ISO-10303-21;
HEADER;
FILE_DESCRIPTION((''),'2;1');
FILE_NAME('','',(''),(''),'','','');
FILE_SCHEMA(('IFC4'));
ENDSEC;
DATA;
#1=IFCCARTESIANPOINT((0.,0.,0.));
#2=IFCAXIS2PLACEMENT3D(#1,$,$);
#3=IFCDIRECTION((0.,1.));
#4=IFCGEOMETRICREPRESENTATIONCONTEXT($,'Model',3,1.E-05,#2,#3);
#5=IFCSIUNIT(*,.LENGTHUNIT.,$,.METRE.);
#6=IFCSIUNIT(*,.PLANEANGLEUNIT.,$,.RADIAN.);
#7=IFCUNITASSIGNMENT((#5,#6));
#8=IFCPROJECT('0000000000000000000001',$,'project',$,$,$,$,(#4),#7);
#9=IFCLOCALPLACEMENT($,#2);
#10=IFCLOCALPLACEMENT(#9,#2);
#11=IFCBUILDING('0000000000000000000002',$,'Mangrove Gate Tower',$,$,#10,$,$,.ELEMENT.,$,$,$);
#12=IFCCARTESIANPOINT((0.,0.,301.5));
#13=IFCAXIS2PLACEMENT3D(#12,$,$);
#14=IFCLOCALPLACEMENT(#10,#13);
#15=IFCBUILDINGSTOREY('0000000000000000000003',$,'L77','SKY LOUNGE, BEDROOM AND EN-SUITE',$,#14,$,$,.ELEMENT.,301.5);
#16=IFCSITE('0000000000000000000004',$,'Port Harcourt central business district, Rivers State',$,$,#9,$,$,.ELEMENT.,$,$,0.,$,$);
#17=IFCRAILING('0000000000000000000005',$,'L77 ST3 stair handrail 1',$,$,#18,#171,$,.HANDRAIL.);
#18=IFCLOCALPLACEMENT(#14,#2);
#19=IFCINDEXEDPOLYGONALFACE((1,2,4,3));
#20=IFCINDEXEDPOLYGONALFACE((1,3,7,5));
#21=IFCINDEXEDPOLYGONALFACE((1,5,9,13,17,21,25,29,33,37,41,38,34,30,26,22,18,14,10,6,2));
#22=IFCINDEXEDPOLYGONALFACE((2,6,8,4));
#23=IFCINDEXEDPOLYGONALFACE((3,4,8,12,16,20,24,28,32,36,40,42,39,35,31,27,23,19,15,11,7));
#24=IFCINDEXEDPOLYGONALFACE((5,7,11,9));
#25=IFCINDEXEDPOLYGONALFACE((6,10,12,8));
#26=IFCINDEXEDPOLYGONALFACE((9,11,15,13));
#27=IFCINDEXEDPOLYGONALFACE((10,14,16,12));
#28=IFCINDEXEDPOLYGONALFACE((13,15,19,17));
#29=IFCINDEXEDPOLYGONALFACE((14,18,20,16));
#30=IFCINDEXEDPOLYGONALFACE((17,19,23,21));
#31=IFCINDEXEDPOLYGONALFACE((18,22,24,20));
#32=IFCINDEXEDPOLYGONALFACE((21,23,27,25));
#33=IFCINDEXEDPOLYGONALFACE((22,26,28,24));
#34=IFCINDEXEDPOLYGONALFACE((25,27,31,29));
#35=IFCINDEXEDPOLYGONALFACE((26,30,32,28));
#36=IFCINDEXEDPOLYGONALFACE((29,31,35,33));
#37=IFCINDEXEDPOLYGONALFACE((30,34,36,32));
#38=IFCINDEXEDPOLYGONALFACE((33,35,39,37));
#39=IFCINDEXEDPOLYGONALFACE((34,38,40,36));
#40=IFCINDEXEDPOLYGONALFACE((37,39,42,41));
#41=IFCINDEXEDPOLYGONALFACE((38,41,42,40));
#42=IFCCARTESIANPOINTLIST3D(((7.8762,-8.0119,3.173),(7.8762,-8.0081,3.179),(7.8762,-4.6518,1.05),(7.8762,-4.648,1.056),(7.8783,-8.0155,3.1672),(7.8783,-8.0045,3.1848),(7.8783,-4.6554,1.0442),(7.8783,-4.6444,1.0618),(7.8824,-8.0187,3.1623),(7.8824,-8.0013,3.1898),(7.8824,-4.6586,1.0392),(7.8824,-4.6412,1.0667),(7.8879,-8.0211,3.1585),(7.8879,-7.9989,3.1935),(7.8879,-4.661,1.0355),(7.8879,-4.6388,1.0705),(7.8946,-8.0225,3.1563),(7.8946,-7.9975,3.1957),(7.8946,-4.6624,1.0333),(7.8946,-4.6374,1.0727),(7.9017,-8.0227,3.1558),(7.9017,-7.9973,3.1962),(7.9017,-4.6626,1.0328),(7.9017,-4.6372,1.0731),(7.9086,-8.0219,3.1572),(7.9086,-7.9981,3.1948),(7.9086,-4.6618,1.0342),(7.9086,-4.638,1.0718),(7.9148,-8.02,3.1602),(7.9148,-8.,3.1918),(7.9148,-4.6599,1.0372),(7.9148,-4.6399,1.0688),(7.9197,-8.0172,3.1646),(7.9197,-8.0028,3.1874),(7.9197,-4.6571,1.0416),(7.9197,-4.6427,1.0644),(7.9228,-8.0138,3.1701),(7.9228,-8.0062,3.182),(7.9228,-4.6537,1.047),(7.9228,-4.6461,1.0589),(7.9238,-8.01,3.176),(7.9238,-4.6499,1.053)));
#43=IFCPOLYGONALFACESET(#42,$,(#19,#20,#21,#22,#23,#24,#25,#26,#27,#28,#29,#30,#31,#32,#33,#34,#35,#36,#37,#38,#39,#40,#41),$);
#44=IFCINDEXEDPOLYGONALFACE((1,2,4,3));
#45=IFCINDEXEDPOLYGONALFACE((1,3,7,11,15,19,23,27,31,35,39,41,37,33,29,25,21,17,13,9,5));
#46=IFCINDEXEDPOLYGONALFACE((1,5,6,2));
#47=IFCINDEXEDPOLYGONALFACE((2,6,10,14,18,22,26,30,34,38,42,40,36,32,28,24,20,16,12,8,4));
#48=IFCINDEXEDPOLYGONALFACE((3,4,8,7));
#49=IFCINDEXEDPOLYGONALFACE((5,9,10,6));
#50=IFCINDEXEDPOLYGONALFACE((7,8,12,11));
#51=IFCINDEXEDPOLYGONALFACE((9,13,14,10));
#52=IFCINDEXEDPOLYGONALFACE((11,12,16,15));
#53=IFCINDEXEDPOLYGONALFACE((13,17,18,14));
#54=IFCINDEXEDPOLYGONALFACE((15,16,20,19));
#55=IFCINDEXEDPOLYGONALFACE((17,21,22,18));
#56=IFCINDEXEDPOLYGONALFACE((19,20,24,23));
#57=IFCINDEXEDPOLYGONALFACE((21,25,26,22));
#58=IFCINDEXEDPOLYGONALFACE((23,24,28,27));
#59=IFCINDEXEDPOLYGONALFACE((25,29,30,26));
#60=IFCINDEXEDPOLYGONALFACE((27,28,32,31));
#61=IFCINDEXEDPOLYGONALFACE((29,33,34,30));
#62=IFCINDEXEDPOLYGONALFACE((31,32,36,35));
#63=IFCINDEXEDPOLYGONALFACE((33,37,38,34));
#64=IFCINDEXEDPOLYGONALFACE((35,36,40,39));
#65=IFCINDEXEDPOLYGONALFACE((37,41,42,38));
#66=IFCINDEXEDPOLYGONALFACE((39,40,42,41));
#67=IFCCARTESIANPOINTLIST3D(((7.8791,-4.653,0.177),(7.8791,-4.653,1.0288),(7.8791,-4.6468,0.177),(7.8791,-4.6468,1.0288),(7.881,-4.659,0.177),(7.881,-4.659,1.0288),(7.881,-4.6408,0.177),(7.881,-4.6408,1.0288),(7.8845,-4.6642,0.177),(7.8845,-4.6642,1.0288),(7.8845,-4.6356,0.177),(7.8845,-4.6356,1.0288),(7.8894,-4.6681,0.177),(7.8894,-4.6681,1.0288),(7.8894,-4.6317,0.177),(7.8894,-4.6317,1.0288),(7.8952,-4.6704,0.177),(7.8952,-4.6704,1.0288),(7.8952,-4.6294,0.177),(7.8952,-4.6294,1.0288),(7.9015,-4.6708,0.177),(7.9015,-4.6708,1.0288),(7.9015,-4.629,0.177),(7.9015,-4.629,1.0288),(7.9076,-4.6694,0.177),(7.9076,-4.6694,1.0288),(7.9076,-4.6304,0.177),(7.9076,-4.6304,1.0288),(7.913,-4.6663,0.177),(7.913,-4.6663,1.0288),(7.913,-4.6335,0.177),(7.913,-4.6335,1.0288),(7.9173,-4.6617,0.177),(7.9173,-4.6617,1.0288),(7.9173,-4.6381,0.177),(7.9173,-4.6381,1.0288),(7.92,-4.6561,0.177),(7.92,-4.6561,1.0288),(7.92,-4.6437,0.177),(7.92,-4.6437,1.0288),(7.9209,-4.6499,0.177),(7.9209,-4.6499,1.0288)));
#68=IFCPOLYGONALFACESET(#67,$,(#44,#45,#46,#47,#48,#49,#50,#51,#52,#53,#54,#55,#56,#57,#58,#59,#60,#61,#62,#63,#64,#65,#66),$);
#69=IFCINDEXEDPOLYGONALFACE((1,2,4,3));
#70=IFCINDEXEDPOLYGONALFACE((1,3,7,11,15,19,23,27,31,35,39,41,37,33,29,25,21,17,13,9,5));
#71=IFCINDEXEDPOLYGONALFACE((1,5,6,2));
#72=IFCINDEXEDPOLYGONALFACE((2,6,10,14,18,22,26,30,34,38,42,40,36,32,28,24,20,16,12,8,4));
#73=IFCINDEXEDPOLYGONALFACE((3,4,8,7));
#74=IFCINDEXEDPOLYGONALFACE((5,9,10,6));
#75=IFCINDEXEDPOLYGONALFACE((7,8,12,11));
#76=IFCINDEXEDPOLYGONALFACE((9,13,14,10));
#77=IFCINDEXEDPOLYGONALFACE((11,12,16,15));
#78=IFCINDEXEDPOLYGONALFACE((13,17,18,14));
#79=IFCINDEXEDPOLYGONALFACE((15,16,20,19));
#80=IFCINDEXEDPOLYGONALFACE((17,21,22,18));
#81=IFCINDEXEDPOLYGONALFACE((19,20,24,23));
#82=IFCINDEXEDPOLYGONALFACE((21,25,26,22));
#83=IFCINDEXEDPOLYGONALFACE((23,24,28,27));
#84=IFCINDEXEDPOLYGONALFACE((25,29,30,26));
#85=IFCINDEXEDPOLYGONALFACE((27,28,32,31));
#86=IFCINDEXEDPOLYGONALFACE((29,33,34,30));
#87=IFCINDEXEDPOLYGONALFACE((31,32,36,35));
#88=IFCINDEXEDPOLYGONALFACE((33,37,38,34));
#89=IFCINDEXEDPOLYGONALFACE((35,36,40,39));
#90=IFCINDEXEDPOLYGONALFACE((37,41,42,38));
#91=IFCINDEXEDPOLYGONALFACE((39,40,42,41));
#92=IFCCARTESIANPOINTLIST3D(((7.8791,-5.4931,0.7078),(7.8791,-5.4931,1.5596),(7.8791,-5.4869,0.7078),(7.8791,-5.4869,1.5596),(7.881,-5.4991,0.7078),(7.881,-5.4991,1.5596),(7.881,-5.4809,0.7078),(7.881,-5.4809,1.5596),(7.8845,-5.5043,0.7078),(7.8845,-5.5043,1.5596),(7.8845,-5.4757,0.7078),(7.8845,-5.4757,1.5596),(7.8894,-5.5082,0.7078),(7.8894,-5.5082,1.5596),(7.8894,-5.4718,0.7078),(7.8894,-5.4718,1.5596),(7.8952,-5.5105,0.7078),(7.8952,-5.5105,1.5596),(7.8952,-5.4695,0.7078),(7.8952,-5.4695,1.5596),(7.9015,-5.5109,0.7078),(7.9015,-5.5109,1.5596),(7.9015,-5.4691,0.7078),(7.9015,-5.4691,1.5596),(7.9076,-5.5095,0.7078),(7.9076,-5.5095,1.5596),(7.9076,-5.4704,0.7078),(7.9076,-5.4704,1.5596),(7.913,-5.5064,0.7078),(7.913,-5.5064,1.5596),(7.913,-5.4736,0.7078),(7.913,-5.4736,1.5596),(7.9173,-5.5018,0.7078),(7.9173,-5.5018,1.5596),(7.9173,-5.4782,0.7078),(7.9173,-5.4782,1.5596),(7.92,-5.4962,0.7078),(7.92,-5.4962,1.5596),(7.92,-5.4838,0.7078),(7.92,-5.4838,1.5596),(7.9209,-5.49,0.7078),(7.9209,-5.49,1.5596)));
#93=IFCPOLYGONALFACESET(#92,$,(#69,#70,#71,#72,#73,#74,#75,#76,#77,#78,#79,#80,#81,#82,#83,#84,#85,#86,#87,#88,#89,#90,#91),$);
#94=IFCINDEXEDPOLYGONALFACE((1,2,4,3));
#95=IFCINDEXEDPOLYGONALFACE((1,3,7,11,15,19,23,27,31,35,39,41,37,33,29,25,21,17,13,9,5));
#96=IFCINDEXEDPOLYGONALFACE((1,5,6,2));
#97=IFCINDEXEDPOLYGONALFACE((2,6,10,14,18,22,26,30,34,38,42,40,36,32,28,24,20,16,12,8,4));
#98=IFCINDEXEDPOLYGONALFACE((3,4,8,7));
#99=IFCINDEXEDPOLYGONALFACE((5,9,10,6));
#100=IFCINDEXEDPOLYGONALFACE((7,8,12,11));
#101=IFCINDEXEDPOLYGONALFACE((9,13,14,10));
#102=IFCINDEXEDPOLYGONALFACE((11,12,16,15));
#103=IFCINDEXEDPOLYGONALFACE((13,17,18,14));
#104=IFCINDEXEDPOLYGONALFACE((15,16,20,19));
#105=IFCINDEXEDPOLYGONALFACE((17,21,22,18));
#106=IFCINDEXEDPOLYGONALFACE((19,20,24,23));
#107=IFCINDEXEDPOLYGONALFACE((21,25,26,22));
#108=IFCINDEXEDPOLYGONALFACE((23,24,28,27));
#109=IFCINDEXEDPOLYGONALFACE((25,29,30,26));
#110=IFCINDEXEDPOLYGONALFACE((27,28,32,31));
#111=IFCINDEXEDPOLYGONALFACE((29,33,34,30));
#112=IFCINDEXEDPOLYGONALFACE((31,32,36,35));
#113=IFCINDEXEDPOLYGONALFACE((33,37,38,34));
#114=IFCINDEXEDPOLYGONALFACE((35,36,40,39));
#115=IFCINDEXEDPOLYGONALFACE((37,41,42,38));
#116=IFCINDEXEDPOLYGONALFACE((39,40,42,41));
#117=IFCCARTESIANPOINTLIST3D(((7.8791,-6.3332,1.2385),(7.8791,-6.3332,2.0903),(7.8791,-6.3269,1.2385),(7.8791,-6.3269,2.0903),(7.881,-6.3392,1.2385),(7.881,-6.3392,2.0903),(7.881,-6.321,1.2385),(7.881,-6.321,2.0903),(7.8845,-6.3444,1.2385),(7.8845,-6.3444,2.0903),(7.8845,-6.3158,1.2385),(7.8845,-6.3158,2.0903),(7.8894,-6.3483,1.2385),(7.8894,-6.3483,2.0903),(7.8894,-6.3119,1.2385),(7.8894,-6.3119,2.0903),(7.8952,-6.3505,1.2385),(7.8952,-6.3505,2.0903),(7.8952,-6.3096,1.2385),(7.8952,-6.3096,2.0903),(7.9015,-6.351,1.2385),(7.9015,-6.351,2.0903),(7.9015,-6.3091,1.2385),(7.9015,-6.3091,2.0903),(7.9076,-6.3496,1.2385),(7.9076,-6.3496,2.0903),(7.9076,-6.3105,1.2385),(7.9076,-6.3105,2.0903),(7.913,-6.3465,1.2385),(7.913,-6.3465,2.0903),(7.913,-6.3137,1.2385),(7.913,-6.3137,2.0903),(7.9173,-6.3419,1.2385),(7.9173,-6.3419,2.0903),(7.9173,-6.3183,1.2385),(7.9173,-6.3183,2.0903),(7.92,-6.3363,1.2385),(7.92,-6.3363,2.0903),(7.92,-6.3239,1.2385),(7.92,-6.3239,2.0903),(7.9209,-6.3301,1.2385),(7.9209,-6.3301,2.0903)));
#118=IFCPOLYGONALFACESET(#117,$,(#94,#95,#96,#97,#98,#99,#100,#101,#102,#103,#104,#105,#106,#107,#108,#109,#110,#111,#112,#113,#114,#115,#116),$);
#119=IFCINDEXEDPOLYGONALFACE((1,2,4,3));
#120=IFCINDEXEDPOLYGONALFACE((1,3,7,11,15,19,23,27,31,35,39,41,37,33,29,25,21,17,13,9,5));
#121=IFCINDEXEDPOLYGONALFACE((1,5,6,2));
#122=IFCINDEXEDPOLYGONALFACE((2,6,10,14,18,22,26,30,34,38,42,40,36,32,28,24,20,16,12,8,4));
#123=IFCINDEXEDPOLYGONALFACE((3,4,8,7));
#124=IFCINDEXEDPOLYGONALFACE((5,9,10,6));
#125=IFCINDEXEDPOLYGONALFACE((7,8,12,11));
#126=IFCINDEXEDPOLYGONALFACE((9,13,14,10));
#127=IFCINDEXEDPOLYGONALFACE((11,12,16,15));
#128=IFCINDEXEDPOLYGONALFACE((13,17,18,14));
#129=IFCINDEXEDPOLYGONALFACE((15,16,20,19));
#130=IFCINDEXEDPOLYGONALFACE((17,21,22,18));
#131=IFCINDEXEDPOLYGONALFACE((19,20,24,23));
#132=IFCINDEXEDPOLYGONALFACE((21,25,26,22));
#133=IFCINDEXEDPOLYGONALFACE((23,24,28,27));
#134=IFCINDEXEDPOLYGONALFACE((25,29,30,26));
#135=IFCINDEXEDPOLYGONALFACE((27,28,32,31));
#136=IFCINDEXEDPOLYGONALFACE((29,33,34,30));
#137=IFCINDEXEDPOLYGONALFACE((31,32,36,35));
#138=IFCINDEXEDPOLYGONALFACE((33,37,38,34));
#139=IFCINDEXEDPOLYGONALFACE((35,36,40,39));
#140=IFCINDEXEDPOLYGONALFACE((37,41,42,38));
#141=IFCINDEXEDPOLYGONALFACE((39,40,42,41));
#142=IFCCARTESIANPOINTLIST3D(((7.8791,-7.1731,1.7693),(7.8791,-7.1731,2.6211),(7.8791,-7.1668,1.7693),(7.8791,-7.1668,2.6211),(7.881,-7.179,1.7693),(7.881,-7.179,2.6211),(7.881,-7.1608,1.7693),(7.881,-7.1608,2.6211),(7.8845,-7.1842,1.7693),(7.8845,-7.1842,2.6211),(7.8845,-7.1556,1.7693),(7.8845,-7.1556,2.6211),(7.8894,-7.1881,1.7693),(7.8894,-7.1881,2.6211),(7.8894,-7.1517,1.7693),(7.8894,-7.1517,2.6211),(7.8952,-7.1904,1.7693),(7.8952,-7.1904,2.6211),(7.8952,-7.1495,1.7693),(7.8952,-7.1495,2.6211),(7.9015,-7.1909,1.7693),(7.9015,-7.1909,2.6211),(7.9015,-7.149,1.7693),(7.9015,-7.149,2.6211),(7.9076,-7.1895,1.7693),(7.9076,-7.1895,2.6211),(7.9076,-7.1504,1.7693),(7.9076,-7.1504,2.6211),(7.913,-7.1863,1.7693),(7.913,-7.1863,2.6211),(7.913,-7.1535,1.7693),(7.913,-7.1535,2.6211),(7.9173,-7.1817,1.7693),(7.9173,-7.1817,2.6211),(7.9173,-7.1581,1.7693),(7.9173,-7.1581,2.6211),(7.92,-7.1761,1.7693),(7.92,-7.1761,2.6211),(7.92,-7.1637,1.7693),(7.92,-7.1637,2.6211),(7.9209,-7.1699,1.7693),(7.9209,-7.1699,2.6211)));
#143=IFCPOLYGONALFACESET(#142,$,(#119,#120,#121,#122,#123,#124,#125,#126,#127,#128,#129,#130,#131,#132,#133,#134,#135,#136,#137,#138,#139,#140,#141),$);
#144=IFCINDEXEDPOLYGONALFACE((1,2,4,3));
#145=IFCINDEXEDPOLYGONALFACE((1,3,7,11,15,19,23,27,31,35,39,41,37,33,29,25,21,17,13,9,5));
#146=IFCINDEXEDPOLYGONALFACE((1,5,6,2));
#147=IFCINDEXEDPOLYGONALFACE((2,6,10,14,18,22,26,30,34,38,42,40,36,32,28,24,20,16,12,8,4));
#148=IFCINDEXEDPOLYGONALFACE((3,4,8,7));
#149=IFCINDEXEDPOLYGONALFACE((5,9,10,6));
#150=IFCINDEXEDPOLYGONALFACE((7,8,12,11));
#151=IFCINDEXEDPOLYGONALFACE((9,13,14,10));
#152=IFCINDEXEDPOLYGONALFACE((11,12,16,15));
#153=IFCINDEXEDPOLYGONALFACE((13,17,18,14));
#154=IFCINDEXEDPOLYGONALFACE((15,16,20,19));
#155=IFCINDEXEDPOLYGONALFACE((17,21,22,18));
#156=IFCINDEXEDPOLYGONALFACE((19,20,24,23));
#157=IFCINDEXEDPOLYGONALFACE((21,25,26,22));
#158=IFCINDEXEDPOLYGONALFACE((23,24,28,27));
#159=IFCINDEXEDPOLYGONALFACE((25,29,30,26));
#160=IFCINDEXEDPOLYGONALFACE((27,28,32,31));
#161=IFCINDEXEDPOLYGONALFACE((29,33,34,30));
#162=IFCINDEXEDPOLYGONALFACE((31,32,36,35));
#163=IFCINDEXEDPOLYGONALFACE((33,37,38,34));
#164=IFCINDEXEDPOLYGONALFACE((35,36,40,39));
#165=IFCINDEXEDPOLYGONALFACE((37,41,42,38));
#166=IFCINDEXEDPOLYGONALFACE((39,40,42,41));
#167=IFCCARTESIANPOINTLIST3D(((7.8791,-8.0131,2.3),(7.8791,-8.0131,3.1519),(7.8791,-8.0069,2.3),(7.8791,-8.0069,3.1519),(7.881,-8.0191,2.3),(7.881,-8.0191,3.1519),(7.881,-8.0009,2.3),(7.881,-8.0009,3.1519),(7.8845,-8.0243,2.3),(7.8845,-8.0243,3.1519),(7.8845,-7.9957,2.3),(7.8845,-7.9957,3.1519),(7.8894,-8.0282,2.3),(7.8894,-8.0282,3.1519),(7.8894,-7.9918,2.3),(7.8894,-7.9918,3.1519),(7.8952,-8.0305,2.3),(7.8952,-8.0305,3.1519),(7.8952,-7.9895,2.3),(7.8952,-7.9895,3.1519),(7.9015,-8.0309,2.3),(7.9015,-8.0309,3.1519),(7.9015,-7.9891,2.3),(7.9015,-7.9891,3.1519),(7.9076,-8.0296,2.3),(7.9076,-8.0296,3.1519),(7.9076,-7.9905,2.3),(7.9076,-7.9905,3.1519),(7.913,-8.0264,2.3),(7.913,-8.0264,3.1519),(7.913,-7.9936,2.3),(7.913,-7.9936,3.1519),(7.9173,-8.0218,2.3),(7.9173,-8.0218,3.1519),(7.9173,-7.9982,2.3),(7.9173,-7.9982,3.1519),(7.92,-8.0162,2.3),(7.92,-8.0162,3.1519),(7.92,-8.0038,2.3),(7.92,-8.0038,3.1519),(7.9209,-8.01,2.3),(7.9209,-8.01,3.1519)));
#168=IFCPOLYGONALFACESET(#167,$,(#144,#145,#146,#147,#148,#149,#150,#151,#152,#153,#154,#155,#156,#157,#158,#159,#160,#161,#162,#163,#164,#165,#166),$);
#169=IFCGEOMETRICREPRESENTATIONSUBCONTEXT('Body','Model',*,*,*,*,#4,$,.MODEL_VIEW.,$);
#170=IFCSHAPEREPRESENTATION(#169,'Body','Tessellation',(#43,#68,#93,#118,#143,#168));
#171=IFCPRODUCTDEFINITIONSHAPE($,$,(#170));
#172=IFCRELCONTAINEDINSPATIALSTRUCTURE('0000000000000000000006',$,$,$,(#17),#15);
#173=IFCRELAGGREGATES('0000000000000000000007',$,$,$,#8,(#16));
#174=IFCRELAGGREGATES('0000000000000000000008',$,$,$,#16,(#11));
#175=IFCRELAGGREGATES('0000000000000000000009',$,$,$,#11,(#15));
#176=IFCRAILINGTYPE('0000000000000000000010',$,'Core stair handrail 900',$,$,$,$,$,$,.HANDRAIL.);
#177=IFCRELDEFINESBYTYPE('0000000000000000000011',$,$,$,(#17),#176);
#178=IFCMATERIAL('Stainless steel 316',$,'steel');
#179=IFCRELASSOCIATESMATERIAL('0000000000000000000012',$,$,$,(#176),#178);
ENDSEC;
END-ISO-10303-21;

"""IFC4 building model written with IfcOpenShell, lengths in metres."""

from ifc_helpers import new_model, si_unit, direction, frame, origin, origin_2d, place, context, subcontext, project, spatial, circle, extrude, material, type_object, element, save


model = new_model("IFC4")

# Units and contexts
model_context = context("Model", 3, precision=1e-05, world=origin(), true_north=direction((0.0, 1.0)))
body_context = subcontext(model_context, "Body", "Model", "MODEL_VIEW")
ifc_project = project(units=[si_unit("LENGTHUNIT", "METRE"), si_unit("PLANEANGLEUNIT", "RADIAN")], contexts=[model_context])

# Site, building, storey
site_placement = place(None, origin())
site = spatial("IfcSite", under=ifc_project, at=site_placement, Name="Port Harcourt central business district, Rivers State", CompositionType="ELEMENT", RefElevation=0.0)
building_placement = place(site_placement, origin())
building = spatial("IfcBuilding", under=site, at=building_placement, Name="Mangrove Gate Tower", CompositionType="ELEMENT")
storey_placement = place(building_placement, frame((0.0, 0.0, 301.5)))
storey = spatial("IfcBuildingStorey", under=building, at=storey_placement, Name="L77", Description="SKY LOUNGE, BEDROOM AND EN-SUITE", CompositionType="ELEMENT", Elevation=301.5)

# Railing
ifc_material_1 = material(Name="Stainless steel 316", Category="steel")
railing_type_1 = type_object("IfcRailingType", Name="Core stair handrail 900", PredefinedType="HANDRAIL", material=ifc_material_1)
railing_1_placement = place(storey_placement, frame((7.8999, -4.6499, 0.177)))
element("IfcRailing", 1, at=railing_1_placement, inside=storey, type_object=railing_type_1, Name="L77 ST3 stair handrail 1", PredefinedType="HANDRAIL", context=body_context, shape_type="SweptSolid", body=[
    extrude(circle(Radius=0.0239, at=origin_2d()), frame((0.0, 0.0, 0.876), z_axis=(0.0, -0.84539, 0.53415), x_axis=(1.0, 0.0, 0.0)), (0.0, 0.0, 1.0), 3.9746),
    extrude(circle(Radius=0.021, at=origin_2d()), origin(), (0.0, 0.0, 1.0), 0.8518),
    extrude(circle(Radius=0.021, at=origin_2d()), frame((0.0, -0.8401, 0.5308)), (0.0, 0.0, 1.0), 0.8518),
    extrude(circle(Radius=0.021, at=origin_2d()), frame((0.0, -1.6802, 1.0615)), (0.0, 0.0, 1.0), 0.8518),
    extrude(circle(Radius=0.021, at=origin_2d()), frame((0.0, -2.52, 1.5923)), (0.0, 0.0, 1.0), 0.8518),
    extrude(circle(Radius=0.021, at=origin_2d()), frame((0.0, -3.3601, 2.123)), (0.0, 0.0, 1.0), 0.8518),
])

save(model, "model.ifc")
